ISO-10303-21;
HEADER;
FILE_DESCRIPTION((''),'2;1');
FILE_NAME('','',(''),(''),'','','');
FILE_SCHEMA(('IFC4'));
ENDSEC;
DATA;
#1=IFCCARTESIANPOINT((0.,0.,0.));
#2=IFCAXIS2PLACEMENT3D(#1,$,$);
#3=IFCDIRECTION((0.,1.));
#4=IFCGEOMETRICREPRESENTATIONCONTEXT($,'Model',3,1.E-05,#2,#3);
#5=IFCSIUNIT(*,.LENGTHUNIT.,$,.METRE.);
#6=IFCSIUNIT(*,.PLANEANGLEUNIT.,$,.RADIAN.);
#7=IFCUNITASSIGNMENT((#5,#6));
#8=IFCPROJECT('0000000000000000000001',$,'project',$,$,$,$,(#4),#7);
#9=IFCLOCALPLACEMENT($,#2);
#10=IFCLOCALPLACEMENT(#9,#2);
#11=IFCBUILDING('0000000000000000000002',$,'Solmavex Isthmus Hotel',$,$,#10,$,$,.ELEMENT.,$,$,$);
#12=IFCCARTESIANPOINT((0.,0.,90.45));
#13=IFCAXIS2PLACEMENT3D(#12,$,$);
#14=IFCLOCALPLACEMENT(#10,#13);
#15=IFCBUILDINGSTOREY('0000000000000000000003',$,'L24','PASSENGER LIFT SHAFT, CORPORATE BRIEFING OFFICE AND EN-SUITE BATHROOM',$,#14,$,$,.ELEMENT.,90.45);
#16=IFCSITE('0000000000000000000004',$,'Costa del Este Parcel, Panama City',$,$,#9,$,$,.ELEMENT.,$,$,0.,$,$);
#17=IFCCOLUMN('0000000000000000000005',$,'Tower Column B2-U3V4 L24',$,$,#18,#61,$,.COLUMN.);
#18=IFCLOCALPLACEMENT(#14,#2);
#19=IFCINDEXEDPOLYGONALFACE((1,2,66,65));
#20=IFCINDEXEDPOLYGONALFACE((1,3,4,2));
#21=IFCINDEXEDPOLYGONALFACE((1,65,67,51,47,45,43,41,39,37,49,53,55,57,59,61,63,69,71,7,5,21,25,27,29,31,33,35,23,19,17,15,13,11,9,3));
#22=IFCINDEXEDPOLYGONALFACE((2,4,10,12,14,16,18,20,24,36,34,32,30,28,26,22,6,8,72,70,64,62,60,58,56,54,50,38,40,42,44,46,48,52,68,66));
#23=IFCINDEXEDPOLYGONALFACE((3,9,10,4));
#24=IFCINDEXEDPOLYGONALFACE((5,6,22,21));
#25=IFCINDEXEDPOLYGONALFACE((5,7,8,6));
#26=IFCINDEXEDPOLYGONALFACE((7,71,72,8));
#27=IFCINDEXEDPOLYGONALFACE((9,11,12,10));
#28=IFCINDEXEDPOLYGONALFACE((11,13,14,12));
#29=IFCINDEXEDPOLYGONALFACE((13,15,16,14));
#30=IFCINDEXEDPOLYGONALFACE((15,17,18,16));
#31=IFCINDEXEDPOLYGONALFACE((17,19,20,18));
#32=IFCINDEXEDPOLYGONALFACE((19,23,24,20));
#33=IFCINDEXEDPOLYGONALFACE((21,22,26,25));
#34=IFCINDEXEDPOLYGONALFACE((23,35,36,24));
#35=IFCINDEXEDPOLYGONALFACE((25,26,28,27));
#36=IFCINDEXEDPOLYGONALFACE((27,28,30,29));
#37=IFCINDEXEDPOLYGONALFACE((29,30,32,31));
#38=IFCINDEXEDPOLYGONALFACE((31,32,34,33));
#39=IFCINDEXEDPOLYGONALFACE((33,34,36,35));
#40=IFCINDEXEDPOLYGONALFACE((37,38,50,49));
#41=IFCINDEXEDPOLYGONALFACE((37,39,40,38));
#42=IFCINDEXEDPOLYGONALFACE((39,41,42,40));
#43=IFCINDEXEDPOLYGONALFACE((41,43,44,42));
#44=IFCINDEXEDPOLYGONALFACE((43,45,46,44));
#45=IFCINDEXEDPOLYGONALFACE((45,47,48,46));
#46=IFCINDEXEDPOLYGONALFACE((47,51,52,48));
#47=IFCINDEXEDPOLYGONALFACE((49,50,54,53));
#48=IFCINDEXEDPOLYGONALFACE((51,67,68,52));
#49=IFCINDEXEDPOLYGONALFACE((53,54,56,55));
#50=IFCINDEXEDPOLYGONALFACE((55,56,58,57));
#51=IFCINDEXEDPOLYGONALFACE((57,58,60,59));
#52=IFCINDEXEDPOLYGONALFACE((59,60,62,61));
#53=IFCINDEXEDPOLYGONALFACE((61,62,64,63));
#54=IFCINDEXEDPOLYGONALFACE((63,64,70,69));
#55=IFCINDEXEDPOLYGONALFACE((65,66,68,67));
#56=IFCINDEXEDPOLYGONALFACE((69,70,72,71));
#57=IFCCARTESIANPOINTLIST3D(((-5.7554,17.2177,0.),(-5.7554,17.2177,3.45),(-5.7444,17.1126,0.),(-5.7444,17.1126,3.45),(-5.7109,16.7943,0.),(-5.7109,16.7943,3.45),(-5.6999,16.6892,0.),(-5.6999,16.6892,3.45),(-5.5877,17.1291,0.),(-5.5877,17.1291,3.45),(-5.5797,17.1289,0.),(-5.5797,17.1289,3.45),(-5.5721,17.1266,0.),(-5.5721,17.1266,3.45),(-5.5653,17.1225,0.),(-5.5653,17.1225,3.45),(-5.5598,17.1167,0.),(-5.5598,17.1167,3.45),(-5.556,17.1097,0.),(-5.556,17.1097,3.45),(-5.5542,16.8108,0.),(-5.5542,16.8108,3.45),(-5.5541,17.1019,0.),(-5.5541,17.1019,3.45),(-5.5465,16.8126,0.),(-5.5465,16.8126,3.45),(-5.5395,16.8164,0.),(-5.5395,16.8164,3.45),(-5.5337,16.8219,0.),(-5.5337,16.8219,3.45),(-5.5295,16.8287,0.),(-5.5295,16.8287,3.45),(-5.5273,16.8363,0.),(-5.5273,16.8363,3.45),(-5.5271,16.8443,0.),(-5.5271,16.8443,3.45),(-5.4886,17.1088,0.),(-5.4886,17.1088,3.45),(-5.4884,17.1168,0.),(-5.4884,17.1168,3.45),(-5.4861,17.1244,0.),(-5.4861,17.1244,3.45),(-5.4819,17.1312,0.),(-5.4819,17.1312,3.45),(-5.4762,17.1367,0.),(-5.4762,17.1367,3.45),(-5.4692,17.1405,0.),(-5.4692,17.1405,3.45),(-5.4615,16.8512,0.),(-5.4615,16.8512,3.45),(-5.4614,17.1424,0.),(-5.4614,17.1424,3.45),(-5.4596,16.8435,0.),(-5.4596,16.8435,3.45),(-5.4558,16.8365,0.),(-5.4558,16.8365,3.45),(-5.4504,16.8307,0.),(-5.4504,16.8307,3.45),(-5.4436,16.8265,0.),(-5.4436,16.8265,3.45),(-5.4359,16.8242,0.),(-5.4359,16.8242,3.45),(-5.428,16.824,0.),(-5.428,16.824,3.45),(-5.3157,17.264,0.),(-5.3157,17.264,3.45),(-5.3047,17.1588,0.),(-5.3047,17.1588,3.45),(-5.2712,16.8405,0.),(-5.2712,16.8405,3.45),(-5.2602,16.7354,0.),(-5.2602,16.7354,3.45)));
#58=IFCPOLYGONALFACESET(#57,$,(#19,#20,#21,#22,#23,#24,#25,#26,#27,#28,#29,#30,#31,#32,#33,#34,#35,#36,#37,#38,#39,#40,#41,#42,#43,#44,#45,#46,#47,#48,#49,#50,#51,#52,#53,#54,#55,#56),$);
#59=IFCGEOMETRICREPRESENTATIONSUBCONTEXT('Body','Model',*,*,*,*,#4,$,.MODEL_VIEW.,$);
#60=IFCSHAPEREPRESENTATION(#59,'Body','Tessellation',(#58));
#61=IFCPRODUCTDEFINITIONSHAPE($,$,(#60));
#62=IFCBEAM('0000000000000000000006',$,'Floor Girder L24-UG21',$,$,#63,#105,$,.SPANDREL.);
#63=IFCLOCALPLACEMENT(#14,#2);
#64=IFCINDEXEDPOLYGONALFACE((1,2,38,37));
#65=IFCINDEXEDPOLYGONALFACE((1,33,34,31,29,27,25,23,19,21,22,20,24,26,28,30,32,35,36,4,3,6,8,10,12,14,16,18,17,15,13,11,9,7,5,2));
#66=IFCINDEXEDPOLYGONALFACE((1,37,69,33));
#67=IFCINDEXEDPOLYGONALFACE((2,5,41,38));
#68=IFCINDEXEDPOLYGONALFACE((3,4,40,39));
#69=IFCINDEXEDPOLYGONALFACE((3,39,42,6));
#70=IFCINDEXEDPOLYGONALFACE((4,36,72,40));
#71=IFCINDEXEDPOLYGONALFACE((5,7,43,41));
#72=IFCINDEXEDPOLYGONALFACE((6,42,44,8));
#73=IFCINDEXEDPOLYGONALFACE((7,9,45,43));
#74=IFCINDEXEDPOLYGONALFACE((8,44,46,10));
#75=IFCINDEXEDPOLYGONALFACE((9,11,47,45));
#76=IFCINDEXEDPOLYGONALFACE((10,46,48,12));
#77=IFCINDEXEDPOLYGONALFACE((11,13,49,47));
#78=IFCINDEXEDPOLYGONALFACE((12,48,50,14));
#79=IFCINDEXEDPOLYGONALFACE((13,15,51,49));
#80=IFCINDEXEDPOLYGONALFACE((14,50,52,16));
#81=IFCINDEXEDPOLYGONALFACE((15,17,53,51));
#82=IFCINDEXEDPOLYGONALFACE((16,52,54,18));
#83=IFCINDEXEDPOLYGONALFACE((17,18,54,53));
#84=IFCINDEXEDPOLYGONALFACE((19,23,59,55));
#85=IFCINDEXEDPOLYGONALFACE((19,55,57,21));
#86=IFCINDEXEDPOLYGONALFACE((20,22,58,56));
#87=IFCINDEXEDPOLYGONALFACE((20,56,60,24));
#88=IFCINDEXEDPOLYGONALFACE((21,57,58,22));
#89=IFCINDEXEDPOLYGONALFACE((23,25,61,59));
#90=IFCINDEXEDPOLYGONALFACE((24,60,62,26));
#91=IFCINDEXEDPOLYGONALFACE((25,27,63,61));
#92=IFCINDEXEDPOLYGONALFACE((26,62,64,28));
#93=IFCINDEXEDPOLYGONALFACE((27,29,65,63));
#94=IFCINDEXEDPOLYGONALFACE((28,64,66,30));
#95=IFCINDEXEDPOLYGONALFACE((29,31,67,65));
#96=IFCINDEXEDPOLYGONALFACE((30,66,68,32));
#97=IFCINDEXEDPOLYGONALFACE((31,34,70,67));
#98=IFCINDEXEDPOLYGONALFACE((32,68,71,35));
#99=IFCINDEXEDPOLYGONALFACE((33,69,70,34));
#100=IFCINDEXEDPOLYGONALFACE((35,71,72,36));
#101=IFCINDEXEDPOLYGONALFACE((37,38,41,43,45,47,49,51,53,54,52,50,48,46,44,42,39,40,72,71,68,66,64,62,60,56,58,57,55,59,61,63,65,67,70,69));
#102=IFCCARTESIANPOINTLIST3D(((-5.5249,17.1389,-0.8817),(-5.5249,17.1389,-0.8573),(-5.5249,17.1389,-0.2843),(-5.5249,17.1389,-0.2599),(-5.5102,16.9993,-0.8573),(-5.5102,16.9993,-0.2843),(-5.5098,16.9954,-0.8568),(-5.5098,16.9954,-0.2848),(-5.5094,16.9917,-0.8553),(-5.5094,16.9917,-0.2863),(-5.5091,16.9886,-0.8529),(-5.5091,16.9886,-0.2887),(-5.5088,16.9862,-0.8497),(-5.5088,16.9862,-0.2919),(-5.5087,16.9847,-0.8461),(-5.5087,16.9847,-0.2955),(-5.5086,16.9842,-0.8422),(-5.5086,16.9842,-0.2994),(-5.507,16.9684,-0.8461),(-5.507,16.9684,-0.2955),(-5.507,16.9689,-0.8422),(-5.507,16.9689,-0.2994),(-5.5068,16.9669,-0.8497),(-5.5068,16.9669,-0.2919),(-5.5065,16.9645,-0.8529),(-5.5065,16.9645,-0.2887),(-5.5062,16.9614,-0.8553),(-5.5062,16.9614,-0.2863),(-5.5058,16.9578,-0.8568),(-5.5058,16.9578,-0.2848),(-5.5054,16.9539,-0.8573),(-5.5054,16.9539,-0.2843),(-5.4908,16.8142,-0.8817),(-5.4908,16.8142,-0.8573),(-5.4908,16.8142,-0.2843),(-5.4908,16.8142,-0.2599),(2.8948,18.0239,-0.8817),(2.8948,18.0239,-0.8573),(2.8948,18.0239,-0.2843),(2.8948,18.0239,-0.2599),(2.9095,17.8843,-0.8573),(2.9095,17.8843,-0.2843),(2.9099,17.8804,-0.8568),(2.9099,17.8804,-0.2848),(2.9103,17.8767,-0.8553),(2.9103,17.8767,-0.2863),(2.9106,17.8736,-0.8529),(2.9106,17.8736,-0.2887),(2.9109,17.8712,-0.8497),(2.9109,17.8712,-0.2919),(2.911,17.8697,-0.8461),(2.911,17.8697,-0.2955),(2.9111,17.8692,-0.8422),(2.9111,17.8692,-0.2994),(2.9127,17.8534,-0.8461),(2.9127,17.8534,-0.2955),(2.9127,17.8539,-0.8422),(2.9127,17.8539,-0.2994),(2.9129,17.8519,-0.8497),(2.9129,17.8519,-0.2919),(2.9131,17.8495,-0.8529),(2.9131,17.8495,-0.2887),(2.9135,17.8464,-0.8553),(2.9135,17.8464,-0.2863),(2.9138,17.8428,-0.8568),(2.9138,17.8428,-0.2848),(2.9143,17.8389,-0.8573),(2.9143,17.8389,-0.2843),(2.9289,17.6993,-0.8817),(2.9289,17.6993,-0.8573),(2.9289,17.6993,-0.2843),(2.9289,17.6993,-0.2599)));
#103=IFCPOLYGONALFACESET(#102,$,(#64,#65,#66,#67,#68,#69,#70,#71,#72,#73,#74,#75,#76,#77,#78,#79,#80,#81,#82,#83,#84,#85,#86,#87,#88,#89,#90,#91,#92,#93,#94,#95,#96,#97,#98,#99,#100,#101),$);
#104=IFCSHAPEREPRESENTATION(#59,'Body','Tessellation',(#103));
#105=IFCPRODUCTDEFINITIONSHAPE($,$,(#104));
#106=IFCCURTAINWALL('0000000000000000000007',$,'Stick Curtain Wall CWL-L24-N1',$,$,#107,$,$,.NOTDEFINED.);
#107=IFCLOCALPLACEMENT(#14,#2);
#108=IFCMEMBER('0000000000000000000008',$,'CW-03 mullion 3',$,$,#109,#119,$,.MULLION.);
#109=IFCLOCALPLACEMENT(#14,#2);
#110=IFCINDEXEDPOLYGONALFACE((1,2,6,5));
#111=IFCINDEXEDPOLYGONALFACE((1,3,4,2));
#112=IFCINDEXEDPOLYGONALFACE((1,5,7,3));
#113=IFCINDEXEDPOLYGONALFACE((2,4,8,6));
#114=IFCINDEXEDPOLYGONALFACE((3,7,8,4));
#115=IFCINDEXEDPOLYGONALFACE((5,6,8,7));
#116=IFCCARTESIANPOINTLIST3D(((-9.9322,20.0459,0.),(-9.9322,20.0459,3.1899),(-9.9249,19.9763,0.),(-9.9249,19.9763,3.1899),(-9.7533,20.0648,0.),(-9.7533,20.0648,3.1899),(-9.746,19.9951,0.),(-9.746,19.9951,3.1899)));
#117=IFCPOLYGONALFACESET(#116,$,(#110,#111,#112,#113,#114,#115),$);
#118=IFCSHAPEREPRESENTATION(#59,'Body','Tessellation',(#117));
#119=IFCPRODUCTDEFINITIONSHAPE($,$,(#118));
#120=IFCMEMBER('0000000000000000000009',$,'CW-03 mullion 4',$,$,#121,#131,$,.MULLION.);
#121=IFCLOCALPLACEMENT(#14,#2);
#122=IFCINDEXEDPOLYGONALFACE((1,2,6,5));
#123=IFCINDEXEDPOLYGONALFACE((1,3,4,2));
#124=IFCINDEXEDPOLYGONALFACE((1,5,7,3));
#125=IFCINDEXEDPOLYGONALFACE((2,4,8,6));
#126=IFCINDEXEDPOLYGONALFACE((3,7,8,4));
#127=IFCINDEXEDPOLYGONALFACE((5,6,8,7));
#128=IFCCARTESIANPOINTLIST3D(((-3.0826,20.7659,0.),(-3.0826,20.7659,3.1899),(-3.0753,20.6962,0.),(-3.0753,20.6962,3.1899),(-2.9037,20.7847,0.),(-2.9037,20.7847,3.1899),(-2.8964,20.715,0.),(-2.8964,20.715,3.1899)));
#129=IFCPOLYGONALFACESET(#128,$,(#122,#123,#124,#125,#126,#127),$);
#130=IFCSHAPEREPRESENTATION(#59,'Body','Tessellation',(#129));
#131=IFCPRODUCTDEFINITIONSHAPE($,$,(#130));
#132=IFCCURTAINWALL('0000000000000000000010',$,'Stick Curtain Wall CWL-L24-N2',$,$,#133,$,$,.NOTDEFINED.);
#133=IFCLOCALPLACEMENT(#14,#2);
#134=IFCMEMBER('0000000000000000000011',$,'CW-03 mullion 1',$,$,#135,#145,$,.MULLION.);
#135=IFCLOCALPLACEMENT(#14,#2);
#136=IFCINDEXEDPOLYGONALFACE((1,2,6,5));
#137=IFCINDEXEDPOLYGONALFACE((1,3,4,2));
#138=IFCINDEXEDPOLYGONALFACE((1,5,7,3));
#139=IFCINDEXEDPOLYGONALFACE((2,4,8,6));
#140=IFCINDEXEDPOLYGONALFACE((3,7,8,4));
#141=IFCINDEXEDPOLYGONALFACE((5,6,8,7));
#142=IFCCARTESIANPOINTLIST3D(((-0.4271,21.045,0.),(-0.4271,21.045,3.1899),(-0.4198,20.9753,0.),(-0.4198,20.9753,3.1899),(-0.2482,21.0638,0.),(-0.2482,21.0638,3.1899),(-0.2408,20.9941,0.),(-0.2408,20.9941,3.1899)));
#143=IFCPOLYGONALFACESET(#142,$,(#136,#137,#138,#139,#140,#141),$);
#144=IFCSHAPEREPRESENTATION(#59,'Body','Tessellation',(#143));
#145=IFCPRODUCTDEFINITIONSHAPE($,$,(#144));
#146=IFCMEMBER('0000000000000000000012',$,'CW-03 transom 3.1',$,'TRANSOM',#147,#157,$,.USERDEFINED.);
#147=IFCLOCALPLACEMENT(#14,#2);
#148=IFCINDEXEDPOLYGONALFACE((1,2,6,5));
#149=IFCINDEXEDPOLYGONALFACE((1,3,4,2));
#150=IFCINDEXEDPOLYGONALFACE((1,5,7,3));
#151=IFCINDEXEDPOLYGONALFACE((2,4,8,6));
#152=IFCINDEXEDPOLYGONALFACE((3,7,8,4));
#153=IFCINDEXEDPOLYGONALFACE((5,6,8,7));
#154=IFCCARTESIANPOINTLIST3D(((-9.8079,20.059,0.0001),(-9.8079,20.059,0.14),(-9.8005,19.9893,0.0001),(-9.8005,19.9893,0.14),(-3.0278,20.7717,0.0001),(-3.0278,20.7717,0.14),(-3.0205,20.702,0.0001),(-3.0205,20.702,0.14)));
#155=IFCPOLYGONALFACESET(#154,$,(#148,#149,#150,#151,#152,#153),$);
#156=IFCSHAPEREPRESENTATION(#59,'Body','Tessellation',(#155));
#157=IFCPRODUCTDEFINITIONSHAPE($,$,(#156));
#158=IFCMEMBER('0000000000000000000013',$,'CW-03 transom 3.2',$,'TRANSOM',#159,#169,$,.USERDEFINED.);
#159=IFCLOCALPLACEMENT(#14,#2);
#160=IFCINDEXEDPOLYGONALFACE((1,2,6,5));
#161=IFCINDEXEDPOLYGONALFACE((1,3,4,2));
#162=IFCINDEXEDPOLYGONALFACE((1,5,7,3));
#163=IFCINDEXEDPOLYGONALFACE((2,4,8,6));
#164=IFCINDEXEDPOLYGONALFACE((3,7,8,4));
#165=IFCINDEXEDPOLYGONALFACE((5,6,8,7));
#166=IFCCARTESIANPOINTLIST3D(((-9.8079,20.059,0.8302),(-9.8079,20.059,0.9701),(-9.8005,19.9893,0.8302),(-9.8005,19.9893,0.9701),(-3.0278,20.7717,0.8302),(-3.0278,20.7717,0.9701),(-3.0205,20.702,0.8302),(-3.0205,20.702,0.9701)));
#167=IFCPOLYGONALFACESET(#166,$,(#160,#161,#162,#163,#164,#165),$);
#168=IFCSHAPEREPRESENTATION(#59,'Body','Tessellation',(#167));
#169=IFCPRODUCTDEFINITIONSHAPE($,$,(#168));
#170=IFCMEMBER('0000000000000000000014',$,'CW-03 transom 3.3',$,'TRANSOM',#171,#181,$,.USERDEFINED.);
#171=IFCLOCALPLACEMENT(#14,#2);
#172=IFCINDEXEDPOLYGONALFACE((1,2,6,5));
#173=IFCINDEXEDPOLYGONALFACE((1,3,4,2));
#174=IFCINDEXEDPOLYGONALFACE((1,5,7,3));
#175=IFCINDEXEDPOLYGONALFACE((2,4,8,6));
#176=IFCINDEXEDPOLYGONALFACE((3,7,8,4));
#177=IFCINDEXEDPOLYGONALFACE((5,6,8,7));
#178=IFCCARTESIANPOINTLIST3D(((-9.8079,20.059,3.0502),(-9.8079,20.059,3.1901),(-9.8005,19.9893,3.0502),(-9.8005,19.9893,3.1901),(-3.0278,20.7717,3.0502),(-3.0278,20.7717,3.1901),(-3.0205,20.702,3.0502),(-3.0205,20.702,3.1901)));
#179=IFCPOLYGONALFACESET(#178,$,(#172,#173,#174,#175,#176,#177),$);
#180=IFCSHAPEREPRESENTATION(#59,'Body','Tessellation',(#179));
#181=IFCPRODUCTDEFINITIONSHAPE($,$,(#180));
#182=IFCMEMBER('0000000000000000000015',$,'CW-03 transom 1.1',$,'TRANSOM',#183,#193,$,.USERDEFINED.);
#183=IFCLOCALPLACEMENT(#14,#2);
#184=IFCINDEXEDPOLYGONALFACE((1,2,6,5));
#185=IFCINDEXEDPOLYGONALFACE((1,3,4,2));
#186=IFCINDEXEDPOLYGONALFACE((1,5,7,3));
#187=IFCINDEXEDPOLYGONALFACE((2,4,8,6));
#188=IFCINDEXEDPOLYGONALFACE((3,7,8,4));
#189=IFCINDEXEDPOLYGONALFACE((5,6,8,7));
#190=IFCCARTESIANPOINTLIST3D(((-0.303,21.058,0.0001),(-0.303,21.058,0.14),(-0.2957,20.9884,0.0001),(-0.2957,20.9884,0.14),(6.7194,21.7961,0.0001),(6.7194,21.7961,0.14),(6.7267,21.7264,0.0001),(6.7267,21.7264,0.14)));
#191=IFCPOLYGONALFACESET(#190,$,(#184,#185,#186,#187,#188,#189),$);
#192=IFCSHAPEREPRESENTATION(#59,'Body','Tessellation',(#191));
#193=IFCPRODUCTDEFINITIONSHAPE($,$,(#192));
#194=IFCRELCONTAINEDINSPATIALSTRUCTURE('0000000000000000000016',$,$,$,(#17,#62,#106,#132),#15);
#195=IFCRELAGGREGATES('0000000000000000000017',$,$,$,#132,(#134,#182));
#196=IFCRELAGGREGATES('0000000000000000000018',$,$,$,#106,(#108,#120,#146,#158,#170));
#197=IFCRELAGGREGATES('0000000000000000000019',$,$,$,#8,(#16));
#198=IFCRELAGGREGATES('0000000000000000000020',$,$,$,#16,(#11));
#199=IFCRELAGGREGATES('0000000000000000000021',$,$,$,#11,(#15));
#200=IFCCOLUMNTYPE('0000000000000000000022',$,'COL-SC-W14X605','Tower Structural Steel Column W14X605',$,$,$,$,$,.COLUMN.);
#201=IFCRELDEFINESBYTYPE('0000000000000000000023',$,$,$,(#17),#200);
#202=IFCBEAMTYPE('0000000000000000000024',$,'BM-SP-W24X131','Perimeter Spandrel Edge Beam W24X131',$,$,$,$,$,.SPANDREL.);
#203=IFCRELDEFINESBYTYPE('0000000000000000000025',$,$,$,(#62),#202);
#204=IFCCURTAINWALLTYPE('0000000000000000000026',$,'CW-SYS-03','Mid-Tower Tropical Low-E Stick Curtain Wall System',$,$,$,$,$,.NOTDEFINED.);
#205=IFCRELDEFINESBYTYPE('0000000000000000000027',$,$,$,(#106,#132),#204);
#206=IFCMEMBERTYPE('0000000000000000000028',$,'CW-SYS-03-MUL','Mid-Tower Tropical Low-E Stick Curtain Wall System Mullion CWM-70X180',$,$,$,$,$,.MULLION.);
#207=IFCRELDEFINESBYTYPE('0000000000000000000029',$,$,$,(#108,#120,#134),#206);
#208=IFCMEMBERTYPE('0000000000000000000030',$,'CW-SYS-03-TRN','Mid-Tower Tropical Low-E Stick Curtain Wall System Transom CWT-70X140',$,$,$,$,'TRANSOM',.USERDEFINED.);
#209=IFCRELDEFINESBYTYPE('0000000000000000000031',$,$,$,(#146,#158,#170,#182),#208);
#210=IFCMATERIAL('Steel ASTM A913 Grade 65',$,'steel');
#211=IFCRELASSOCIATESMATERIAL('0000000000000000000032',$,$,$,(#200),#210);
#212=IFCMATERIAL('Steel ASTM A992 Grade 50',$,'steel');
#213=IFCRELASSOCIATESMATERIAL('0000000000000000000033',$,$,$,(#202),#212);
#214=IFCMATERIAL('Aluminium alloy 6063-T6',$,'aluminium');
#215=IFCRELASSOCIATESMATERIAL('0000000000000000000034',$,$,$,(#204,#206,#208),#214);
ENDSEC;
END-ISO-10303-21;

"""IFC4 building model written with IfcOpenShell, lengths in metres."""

from ifc_helpers import new_model, si_unit, direction, frame, origin, origin_2d, place, context, subcontext, project, spatial, rectangle, i_section, extrude, material, material_profile, profile_set, type_object, element, aggregate, save


model = new_model("IFC4")

# Units and contexts
model_context = context("Model", 3, precision=1e-05, world=origin(), true_north=direction((0.0, 1.0)))
body_context = subcontext(model_context, "Body", "Model", "MODEL_VIEW")
ifc_project = project(units=[si_unit("LENGTHUNIT", "METRE"), si_unit("PLANEANGLEUNIT", "RADIAN")], contexts=[model_context])

# Site, building, storey
site_placement = place(None, origin())
site = spatial("IfcSite", under=ifc_project, at=site_placement, Name="Costa del Este Parcel, Panama City", CompositionType="ELEMENT", RefElevation=0.0)
building_placement = place(site_placement, origin())
building = spatial("IfcBuilding", under=site, at=building_placement, Name="Solmavex Isthmus Hotel", CompositionType="ELEMENT")
storey_placement = place(building_placement, frame((0.0, 0.0, 90.45)))
storey = spatial("IfcBuildingStorey", under=building, at=storey_placement, Name="L24", Description="PASSENGER LIFT SHAFT, CORPORATE BRIEFING OFFICE AND EN-SUITE BATHROOM", CompositionType="ELEMENT", Elevation=90.45)

# Column
ifc_material_1 = material(Name="Steel ASTM A913 Grade 65", Category="steel")
ifc_material_profile_1 = material_profile(ifc_material_1, i_section(OverallWidth=0.4421, OverallDepth=0.5315, WebThickness=0.0659, FlangeThickness=0.1057, FilletRadius=0.0305, at=origin_2d()), Name="W14X605")
ifc_profile_set_1 = profile_set([ifc_material_profile_1], Name="Steel ASTM A913 Grade 65")
column_type = type_object("IfcColumnType", Name="COL-SC-W14X605", Description="Tower Structural Steel Column W14X605", PredefinedType="COLUMN", material=ifc_profile_set_1)
column_placement = place(storey_placement, frame((-5.5078, 16.9766, 0.0), z_axis=(0.0, 0.0, 1.0), x_axis=(0.994522, 0.104528, 0.0)))
element("IfcColumn", 1, at=column_placement, inside=storey, type_object=column_type, Name="Tower Column B2-U3V4 L24", PredefinedType="COLUMN", context=body_context, shape_type="SweptSolid", body=[
    extrude(i_section(OverallWidth=0.4421, OverallDepth=0.5315, WebThickness=0.0659, FlangeThickness=0.1057, FilletRadius=0.0305, at=origin_2d()), origin(), (0.0, 0.0, 1.0), 3.45),
])

# Beam
ifc_material_2 = material(Name="Steel ASTM A992 Grade 50", Category="steel")
ifc_material_profile_2 = material_profile(ifc_material_2, i_section(OverallWidth=0.3264, OverallDepth=0.6218, WebThickness=0.0154, FlangeThickness=0.0244, FilletRadius=0.0151, at=origin_2d()), Name="W24X131")
ifc_profile_set_2 = profile_set([ifc_material_profile_2], Name="Steel ASTM A992 Grade 50")
beam_type = type_object("IfcBeamType", Name="BM-SP-W24X131", Description="Perimeter Spandrel Edge Beam W24X131", PredefinedType="SPANDREL", material=ifc_profile_set_2)
beam_placement = place(storey_placement, frame((-5.5078, 16.9766, -0.5708), z_axis=(0.994521, 0.104536, 0.0), x_axis=(-0.104536, 0.994521, 0.0)))
element("IfcBeam", 2, at=beam_placement, inside=storey, type_object=beam_type, Name="Floor Girder L24-UG21", PredefinedType="SPANDREL", context=body_context, shape_type="SweptSolid", body=[
    extrude(i_section(OverallWidth=0.3264, OverallDepth=0.6218, WebThickness=0.0154, FlangeThickness=0.0244, FilletRadius=0.0151, at=origin_2d()), origin(), (0.0, 0.0, 1.0), 8.4661),
])

# Curtain wall, members
ifc_material_3 = material(Name="Aluminium alloy 6063-T6", Category="aluminium")
curtain_wall_type = type_object("IfcCurtainWallType", Name="CW-SYS-03", Description="Mid-Tower Tropical Low-E Stick Curtain Wall System", PredefinedType="NOTDEFINED", material=ifc_material_3)
curtain_wall_1_placement = place(storey_placement, origin())
curtain_wall_1 = element("IfcCurtainWall", 3, at=curtain_wall_1_placement, inside=storey, type_object=curtain_wall_type, Name="Stick Curtain Wall CWL-L24-N1", PredefinedType="NOTDEFINED")
ifc_material_profile_3 = material_profile(ifc_material_3, rectangle(XDim=0.0701, YDim=0.1799, at=origin_2d()), Name="CWM-70X180")
ifc_profile_set_3 = profile_set([ifc_material_profile_3], Name="Aluminium alloy 6063-T6")
member_type_1 = type_object("IfcMemberType", Name="CW-SYS-03-MUL", Description="Mid-Tower Tropical Low-E Stick Curtain Wall System Mullion CWM-70X180", PredefinedType="MULLION", material=ifc_profile_set_3)
member_1_placement = place(storey_placement, frame((-9.8391, 20.0205, 0.0), z_axis=(0.0, 0.0, 1.0), x_axis=(-0.104528, 0.994522, 0.0)))
member_1 = element("IfcMember", 4, at=member_1_placement, type_object=member_type_1, Name="CW-03 mullion 3", PredefinedType="MULLION", context=body_context, shape_type="SweptSolid", body=[
    extrude(rectangle(XDim=0.0701, YDim=0.1799, at=origin_2d()), origin(), (0.0, 0.0, 1.0), 3.1899),
])
member_2_placement = place(storey_placement, frame((-2.9895, 20.7405, 0.0), z_axis=(0.0, 0.0, 1.0), x_axis=(-0.104528, 0.994522, 0.0)))
member_2 = element("IfcMember", 5, at=member_2_placement, type_object=member_type_1, Name="CW-03 mullion 4", PredefinedType="MULLION", context=body_context, shape_type="SweptSolid", body=[
    extrude(rectangle(XDim=0.0701, YDim=0.1799, at=origin_2d()), origin(), (0.0, 0.0, 1.0), 3.1899),
])

# Curtain wall, member
curtain_wall_2_placement = place(storey_placement, origin())
curtain_wall_2 = element("IfcCurtainWall", 6, at=curtain_wall_2_placement, inside=storey, type_object=curtain_wall_type, Name="Stick Curtain Wall CWL-L24-N2", PredefinedType="NOTDEFINED")
member_3_placement = place(storey_placement, frame((-0.334, 21.0195, 0.0), z_axis=(0.0, 0.0, 1.0), x_axis=(-0.104529, 0.994522, 0.0)))
member_3 = element("IfcMember", 7, at=member_3_placement, type_object=member_type_1, Name="CW-03 mullion 1", PredefinedType="MULLION", context=body_context, shape_type="SweptSolid", body=[
    extrude(rectangle(XDim=0.0701, YDim=0.1799, at=origin_2d()), origin(), (0.0, 0.0, 1.0), 3.1899),
])

# Members
ifc_material_profile_4 = material_profile(ifc_material_3, rectangle(XDim=0.0701, YDim=0.1399, at=origin_2d()), Name="CWT-70X140")
ifc_profile_set_4 = profile_set([ifc_material_profile_4], Name="Aluminium alloy 6063-T6")
member_type_2 = type_object("IfcMemberType", Name="CW-SYS-03-TRN", Description="Mid-Tower Tropical Low-E Stick Curtain Wall System Transom CWT-70X140", ElementType="TRANSOM", PredefinedType="USERDEFINED", material=ifc_profile_set_4)
member_4_placement = place(storey_placement, frame((-9.8042, 20.0242, 0.0701), z_axis=(0.994521, 0.104534, 0.0), x_axis=(-0.104534, 0.994521, 0.0)))
member_4 = element("IfcMember", 8, at=member_4_placement, type_object=member_type_2, Name="CW-03 transom 3.1", ObjectType="TRANSOM", PredefinedType="USERDEFINED", context=body_context, shape_type="SweptSolid", body=[
    extrude(rectangle(XDim=0.0701, YDim=0.1399, at=origin_2d()), origin(), (0.0, 0.0, 1.0), 6.8174),
])
member_5_placement = place(storey_placement, frame((-9.8042, 20.0242, 0.9001), z_axis=(0.994521, 0.104534, 0.0), x_axis=(-0.104534, 0.994521, 0.0)))
member_5 = element("IfcMember", 9, at=member_5_placement, type_object=member_type_2, Name="CW-03 transom 3.2", ObjectType="TRANSOM", PredefinedType="USERDEFINED", context=body_context, shape_type="SweptSolid", body=[
    extrude(rectangle(XDim=0.0701, YDim=0.1399, at=origin_2d()), origin(), (0.0, 0.0, 1.0), 6.8174),
])
member_6_placement = place(storey_placement, frame((-9.8042, 20.0242, 3.1201), z_axis=(0.994521, 0.104534, 0.0), x_axis=(-0.104534, 0.994521, 0.0)))
member_6 = element("IfcMember", 10, at=member_6_placement, type_object=member_type_2, Name="CW-03 transom 3.3", ObjectType="TRANSOM", PredefinedType="USERDEFINED", context=body_context, shape_type="SweptSolid", body=[
    extrude(rectangle(XDim=0.0701, YDim=0.1399, at=origin_2d()), origin(), (0.0, 0.0, 1.0), 6.8174),
])
member_7_placement = place(storey_placement, frame((-0.2993, 21.0232, 0.0701), z_axis=(0.994523, 0.104521, 0.0), x_axis=(-0.104521, 0.994523, 0.0)))
member_7 = element("IfcMember", 11, at=member_7_placement, type_object=member_type_2, Name="CW-03 transom 1.1", ObjectType="TRANSOM", PredefinedType="USERDEFINED", context=body_context, shape_type="SweptSolid", body=[
    extrude(rectangle(XDim=0.0701, YDim=0.1399, at=origin_2d()), origin(), (0.0, 0.0, 1.0), 7.061),
])
aggregate(curtain_wall_2, [member_3, member_7])

aggregate(curtain_wall_1, [member_1, member_2, member_4, member_5, member_6])

save(model, "model.ifc")
